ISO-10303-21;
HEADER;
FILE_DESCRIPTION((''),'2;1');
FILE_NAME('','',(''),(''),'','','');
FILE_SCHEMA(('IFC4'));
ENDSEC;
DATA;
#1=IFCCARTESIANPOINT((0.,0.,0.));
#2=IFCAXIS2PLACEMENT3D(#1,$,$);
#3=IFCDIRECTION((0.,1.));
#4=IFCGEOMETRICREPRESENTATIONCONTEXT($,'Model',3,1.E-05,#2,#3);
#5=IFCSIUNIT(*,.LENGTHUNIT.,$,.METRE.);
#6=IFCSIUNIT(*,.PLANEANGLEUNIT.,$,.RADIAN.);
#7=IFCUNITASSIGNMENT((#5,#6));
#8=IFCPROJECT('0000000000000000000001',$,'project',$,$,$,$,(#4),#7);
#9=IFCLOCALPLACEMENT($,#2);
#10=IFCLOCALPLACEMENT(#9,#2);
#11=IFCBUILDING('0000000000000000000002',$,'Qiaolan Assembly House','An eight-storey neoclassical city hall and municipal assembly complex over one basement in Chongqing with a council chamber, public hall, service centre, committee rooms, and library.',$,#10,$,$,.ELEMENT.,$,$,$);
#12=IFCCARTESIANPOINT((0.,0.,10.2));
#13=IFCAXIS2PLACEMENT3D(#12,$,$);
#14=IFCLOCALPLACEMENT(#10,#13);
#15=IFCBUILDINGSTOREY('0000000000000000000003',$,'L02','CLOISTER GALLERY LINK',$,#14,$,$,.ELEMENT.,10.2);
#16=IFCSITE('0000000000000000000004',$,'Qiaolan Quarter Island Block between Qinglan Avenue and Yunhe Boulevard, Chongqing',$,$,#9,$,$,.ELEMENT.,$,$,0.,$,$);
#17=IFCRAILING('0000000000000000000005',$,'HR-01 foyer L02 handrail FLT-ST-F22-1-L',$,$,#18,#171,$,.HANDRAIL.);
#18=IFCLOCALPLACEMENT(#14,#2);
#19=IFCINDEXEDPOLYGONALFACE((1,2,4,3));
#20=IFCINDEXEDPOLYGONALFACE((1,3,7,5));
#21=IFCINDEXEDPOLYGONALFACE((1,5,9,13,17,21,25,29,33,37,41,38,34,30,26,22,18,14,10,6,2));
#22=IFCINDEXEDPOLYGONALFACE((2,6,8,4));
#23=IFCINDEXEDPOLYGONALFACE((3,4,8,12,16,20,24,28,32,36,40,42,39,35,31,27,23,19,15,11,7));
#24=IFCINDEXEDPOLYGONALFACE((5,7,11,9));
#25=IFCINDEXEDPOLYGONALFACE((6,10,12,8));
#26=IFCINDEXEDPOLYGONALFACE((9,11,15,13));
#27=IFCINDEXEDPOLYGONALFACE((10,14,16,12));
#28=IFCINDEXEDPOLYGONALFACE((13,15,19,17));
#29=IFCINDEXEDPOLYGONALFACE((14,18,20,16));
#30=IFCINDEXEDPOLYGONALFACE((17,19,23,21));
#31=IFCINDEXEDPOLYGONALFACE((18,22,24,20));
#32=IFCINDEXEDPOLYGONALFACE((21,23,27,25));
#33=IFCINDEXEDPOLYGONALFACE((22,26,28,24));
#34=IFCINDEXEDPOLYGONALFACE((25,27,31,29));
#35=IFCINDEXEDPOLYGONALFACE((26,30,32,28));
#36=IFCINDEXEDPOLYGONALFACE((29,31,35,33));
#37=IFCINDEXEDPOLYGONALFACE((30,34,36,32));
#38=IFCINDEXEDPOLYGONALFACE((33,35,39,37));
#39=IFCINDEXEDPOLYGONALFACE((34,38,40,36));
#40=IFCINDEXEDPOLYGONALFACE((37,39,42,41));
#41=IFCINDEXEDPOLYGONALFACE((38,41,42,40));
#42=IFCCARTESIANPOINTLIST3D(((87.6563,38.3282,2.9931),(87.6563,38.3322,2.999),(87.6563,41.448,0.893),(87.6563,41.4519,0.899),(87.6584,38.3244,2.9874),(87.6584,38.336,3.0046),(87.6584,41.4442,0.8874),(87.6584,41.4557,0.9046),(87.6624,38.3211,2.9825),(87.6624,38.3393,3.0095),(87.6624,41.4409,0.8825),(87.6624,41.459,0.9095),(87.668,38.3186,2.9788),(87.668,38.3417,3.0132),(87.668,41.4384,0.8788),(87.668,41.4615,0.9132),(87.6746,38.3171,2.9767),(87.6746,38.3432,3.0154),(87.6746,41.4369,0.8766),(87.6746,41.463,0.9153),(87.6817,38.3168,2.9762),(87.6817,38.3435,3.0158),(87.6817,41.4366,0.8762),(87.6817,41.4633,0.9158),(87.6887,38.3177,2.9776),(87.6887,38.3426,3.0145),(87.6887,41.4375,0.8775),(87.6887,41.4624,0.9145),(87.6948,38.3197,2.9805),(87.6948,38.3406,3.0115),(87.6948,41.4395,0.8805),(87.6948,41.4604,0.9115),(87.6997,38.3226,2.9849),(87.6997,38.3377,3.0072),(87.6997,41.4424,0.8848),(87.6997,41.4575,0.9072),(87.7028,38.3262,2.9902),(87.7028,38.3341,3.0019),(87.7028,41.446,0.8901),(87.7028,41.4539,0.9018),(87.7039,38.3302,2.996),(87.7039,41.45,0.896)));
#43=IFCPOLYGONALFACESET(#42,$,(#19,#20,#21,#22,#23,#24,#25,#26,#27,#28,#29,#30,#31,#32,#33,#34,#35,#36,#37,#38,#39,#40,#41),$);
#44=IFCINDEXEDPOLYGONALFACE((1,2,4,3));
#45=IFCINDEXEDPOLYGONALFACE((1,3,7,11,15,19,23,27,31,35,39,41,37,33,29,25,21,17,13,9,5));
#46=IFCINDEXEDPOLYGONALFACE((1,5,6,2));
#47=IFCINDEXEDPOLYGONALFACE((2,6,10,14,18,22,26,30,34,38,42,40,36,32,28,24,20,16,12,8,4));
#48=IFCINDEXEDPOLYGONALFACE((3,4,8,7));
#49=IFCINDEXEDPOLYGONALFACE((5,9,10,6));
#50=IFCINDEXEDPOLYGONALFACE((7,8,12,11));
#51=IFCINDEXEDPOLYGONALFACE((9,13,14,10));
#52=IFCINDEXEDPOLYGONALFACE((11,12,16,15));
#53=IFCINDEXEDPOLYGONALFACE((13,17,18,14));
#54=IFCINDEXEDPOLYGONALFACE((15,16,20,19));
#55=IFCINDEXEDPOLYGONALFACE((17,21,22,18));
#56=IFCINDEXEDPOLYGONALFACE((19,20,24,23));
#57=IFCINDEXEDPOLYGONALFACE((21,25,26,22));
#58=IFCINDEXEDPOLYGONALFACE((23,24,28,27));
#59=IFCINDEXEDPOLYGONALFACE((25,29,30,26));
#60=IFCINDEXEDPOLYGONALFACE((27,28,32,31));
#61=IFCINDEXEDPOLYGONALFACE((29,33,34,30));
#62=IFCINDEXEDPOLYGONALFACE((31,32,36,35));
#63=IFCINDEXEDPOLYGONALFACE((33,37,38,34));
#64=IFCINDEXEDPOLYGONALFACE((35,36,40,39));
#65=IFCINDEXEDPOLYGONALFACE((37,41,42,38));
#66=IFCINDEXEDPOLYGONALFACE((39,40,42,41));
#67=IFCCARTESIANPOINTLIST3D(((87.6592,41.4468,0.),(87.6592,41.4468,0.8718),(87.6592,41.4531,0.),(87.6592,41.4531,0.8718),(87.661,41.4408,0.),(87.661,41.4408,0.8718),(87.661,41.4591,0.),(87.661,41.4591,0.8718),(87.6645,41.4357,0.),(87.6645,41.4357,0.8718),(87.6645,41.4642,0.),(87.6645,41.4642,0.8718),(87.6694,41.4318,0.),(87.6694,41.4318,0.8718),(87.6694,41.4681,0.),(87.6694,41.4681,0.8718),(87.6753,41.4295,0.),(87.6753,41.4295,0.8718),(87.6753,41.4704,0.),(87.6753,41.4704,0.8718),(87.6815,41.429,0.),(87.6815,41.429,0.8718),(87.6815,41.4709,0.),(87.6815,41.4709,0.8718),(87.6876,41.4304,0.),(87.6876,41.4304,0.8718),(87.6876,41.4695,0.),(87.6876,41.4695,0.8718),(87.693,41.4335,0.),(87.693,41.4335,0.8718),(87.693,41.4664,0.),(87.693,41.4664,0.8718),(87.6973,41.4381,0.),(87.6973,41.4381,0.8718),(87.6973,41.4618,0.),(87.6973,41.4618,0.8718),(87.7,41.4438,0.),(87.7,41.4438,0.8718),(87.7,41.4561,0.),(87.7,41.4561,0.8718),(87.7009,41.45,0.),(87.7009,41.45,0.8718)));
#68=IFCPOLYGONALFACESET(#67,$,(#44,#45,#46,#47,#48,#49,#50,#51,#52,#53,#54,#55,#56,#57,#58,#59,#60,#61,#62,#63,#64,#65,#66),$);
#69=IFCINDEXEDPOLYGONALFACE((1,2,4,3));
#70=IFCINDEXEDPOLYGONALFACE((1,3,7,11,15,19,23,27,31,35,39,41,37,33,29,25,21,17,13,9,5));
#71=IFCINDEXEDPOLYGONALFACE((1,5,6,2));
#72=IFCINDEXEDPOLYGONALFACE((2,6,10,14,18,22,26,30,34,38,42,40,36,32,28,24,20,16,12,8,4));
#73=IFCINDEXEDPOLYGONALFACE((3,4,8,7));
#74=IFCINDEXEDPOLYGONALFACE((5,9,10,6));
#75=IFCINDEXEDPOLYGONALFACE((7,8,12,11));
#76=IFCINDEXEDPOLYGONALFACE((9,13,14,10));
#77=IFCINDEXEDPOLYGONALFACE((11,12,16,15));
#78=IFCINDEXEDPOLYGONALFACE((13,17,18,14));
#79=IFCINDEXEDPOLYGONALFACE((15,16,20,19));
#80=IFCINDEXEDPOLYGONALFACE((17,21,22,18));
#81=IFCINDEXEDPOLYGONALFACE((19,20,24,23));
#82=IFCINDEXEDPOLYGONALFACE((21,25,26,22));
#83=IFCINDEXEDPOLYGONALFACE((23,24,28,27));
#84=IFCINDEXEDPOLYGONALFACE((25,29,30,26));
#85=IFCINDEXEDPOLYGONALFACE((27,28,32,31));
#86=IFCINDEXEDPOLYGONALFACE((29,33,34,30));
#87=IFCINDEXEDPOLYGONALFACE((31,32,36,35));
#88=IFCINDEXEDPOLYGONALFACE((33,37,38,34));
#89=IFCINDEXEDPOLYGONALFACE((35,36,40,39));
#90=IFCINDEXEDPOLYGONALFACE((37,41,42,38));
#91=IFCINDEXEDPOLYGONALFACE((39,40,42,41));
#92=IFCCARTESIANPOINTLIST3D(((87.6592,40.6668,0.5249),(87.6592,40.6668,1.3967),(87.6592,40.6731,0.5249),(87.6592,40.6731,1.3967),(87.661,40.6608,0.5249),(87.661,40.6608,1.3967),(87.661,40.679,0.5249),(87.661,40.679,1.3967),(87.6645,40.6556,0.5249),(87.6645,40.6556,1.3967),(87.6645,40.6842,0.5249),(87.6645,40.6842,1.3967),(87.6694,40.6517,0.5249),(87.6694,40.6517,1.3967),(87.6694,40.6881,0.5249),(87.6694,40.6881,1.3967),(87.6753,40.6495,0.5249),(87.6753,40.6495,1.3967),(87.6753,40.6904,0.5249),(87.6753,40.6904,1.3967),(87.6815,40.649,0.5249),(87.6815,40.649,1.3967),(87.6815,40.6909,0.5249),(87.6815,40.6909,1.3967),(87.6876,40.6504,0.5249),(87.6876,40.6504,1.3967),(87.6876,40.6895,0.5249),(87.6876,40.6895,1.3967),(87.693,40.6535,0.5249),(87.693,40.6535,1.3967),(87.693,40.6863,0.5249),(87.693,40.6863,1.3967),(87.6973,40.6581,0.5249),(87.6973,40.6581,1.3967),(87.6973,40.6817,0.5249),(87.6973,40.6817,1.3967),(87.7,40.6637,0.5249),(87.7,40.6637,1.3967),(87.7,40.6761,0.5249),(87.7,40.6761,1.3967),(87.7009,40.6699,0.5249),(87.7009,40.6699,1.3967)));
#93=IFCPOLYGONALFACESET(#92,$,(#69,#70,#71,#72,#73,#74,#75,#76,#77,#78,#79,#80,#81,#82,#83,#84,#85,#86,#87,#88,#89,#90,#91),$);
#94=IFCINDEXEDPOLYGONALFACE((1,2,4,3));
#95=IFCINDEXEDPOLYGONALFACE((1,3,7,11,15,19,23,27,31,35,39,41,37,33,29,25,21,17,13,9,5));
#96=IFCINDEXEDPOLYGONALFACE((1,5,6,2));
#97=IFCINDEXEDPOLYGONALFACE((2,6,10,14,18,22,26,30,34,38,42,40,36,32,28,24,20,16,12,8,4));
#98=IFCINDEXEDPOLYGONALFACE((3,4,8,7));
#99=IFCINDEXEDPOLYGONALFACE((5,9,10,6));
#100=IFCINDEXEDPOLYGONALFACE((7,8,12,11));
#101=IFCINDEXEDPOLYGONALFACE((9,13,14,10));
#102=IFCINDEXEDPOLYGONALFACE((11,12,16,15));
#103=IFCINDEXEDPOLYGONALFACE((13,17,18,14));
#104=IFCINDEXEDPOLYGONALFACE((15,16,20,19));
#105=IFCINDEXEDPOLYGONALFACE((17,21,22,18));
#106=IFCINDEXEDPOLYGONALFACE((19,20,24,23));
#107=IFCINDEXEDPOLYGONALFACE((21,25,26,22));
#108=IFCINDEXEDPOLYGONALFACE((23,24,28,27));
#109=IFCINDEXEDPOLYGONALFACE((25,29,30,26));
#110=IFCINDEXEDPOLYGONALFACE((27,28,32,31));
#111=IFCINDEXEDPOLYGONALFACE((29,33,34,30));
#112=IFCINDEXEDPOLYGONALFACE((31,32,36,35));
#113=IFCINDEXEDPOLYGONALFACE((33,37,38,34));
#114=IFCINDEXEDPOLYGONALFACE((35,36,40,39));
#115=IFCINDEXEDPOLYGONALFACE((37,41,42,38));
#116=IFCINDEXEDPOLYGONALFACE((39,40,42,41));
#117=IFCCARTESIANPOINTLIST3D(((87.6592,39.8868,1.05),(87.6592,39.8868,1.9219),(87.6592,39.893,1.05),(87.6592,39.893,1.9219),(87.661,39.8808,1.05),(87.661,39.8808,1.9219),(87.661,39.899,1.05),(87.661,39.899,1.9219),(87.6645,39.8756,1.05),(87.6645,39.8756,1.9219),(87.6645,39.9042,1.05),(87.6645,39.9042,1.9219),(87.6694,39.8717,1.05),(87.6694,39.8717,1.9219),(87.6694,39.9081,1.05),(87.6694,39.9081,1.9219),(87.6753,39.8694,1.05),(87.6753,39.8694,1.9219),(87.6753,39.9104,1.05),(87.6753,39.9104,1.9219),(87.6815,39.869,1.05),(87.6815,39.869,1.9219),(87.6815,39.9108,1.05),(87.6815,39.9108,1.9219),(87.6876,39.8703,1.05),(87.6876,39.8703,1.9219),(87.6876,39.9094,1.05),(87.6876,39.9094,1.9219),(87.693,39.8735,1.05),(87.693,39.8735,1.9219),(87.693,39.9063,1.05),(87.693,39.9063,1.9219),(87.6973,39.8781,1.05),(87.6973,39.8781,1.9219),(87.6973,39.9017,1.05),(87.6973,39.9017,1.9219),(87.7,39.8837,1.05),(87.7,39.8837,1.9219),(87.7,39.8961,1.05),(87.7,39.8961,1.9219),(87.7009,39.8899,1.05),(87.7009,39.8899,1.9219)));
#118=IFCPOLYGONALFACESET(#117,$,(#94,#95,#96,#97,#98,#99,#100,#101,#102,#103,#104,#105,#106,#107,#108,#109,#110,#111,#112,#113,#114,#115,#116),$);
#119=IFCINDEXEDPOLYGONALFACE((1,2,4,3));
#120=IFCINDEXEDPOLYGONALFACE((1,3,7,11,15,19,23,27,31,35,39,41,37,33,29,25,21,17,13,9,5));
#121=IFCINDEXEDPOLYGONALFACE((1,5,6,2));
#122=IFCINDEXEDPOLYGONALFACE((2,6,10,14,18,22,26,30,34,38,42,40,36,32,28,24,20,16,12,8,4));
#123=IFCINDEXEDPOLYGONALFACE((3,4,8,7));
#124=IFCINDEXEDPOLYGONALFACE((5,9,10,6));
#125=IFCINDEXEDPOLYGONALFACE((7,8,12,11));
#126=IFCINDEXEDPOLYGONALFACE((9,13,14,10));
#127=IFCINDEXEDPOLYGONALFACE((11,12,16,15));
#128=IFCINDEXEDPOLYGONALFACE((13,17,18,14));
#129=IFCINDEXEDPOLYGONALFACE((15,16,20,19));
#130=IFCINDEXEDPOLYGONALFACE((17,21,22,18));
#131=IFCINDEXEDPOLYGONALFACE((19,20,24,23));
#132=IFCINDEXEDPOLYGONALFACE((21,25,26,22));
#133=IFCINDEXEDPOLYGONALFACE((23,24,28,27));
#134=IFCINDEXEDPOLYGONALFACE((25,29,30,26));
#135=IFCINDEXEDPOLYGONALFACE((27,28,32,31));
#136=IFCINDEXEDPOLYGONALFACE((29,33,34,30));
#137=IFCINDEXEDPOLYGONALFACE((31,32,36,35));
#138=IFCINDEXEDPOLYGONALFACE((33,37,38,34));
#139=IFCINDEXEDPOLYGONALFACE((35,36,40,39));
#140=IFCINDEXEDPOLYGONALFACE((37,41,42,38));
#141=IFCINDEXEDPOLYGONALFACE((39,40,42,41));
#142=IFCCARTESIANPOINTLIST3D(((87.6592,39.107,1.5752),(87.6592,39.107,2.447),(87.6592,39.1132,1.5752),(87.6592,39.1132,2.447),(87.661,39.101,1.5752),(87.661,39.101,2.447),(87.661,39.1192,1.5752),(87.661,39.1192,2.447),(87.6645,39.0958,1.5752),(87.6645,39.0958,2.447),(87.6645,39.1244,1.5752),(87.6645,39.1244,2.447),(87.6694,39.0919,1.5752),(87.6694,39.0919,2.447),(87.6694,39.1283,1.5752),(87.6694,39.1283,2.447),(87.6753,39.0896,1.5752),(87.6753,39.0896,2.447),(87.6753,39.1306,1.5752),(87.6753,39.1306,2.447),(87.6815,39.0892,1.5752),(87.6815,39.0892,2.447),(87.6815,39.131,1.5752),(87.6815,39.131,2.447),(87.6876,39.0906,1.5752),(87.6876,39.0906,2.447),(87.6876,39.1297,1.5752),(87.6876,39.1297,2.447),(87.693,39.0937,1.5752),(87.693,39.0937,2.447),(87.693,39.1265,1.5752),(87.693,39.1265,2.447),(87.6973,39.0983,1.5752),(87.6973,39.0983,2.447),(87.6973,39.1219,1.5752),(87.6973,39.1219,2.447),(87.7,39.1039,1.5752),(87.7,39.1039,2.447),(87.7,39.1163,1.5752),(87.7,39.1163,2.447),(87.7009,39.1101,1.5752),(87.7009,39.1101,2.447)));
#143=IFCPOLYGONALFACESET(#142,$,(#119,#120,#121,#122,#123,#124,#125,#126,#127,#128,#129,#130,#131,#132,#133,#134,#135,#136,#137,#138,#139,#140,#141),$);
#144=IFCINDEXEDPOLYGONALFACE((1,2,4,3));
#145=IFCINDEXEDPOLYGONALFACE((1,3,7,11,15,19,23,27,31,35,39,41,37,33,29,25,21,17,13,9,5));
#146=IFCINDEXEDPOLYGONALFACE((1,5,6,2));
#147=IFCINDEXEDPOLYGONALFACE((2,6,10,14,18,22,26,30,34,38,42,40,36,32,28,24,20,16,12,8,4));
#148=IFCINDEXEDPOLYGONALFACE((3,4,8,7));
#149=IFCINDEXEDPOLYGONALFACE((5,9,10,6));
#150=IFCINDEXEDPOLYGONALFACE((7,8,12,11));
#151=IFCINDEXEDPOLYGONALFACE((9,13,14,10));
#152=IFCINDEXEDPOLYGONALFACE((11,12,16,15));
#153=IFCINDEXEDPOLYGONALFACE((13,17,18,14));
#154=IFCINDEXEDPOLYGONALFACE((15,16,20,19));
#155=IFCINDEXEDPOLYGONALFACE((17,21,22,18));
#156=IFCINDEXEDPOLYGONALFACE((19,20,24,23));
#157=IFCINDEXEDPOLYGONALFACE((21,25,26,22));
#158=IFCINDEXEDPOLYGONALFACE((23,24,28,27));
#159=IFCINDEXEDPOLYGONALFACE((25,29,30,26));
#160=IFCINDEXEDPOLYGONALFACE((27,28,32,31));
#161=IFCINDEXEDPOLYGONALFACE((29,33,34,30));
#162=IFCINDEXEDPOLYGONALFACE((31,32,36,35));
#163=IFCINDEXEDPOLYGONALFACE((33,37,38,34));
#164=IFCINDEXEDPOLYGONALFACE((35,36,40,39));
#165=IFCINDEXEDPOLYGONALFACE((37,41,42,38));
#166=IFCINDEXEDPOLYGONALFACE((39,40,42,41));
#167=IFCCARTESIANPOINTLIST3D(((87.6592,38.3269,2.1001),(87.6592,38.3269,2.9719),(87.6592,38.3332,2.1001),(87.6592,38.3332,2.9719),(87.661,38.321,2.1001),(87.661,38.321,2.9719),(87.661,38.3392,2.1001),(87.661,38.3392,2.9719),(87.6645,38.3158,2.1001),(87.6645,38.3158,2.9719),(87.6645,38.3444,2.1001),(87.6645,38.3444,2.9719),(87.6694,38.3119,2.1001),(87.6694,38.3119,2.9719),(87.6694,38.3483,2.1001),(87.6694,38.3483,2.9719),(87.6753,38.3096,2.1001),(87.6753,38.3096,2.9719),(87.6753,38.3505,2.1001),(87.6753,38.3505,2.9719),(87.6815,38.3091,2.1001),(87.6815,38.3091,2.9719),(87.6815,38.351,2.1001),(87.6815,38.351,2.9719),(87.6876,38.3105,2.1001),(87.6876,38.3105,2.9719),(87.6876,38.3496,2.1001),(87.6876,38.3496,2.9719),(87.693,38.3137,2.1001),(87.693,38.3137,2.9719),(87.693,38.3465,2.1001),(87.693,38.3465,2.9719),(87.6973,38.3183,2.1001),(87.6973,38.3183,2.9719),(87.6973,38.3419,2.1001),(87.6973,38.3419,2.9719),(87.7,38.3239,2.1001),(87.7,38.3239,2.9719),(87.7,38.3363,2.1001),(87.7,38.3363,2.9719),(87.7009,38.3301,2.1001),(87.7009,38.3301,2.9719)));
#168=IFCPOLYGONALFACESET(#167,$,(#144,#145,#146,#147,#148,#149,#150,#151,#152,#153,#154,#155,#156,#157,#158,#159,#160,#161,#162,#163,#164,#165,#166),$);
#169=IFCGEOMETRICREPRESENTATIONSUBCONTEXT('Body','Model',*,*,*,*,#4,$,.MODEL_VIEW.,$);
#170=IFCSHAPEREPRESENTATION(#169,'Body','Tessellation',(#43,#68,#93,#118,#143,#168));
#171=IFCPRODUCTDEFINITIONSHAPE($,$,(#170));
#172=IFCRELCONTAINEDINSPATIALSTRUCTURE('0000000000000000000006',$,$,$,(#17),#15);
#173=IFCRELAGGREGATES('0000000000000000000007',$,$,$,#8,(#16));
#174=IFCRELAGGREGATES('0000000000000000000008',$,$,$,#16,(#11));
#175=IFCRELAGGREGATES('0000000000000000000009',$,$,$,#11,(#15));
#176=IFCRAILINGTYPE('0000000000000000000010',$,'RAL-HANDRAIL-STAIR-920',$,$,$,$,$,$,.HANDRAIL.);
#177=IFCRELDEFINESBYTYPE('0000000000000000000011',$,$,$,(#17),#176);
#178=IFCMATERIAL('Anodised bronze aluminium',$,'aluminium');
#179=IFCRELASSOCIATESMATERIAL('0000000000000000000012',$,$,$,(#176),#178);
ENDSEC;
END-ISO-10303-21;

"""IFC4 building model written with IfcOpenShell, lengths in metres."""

from ifc_helpers import new_model, si_unit, direction, frame, origin, origin_2d, place, context, subcontext, project, spatial, circle, extrude, material, type_object, element, save


model = new_model("IFC4")

# Units and contexts
model_context = context("Model", 3, precision=1e-05, world=origin(), true_north=direction((0.0, 1.0)))
body_context = subcontext(model_context, "Body", "Model", "MODEL_VIEW")
ifc_project = project(units=[si_unit("LENGTHUNIT", "METRE"), si_unit("PLANEANGLEUNIT", "RADIAN")], contexts=[model_context])

# Site, building, storey
site_placement = place(None, origin())
site = spatial("IfcSite", under=ifc_project, at=site_placement, Name="Qiaolan Quarter Island Block between Qinglan Avenue and Yunhe Boulevard, Chongqing", CompositionType="ELEMENT", RefElevation=0.0)
building_placement = place(site_placement, origin())
building = spatial("IfcBuilding", under=site, at=building_placement, Name="Qiaolan Assembly House", Description="An eight-storey neoclassical city hall and municipal assembly complex over one basement in Chongqing with a council chamber, public hall, service centre, committee rooms, and library.", CompositionType="ELEMENT")
storey_placement = place(building_placement, frame((0.0, 0.0, 10.2)))
storey = spatial("IfcBuildingStorey", under=building, at=storey_placement, Name="L02", Description="CLOISTER GALLERY LINK", CompositionType="ELEMENT", Elevation=10.2)

# Railing
ifc_material_1 = material(Name="Anodised bronze aluminium", Category="aluminium")
railing_type_1 = type_object("IfcRailingType", Name="RAL-HANDRAIL-STAIR-920", PredefinedType="HANDRAIL", material=ifc_material_1)
railing_1_placement = place(storey_placement, frame((87.6799, 41.45, 0.0)))
element("IfcRailing", 1, at=railing_1_placement, inside=storey, type_object=railing_type_1, Name="HR-01 foyer L02 handrail FLT-ST-F22-1-L", PredefinedType="HANDRAIL", context=body_context, shape_type="SweptSolid", body=[
    extrude(circle(Radius=0.0239, at=origin_2d()), frame((0.0, 0.0, 0.896), z_axis=(0.0, -0.829565, 0.55841), x_axis=(1.0, 0.0, 0.0)), (0.0, 0.0, 1.0), 3.7607),
    extrude(circle(Radius=0.021, at=origin_2d()), origin(), (0.0, 0.0, 1.0), 0.8718),
    extrude(circle(Radius=0.021, at=origin_2d()), frame((0.0, -0.78, 0.5249)), (0.0, 0.0, 1.0), 0.8718),
    extrude(circle(Radius=0.021, at=origin_2d()), frame((0.0, -1.5601, 1.05)), (0.0, 0.0, 1.0), 0.8718),
    extrude(circle(Radius=0.021, at=origin_2d()), frame((0.0, -2.3398, 1.5752)), (0.0, 0.0, 1.0), 0.8718),
    extrude(circle(Radius=0.021, at=origin_2d()), frame((0.0, -3.1199, 2.1001)), (0.0, 0.0, 1.0), 0.8718),
])

save(model, "model.ifc")
